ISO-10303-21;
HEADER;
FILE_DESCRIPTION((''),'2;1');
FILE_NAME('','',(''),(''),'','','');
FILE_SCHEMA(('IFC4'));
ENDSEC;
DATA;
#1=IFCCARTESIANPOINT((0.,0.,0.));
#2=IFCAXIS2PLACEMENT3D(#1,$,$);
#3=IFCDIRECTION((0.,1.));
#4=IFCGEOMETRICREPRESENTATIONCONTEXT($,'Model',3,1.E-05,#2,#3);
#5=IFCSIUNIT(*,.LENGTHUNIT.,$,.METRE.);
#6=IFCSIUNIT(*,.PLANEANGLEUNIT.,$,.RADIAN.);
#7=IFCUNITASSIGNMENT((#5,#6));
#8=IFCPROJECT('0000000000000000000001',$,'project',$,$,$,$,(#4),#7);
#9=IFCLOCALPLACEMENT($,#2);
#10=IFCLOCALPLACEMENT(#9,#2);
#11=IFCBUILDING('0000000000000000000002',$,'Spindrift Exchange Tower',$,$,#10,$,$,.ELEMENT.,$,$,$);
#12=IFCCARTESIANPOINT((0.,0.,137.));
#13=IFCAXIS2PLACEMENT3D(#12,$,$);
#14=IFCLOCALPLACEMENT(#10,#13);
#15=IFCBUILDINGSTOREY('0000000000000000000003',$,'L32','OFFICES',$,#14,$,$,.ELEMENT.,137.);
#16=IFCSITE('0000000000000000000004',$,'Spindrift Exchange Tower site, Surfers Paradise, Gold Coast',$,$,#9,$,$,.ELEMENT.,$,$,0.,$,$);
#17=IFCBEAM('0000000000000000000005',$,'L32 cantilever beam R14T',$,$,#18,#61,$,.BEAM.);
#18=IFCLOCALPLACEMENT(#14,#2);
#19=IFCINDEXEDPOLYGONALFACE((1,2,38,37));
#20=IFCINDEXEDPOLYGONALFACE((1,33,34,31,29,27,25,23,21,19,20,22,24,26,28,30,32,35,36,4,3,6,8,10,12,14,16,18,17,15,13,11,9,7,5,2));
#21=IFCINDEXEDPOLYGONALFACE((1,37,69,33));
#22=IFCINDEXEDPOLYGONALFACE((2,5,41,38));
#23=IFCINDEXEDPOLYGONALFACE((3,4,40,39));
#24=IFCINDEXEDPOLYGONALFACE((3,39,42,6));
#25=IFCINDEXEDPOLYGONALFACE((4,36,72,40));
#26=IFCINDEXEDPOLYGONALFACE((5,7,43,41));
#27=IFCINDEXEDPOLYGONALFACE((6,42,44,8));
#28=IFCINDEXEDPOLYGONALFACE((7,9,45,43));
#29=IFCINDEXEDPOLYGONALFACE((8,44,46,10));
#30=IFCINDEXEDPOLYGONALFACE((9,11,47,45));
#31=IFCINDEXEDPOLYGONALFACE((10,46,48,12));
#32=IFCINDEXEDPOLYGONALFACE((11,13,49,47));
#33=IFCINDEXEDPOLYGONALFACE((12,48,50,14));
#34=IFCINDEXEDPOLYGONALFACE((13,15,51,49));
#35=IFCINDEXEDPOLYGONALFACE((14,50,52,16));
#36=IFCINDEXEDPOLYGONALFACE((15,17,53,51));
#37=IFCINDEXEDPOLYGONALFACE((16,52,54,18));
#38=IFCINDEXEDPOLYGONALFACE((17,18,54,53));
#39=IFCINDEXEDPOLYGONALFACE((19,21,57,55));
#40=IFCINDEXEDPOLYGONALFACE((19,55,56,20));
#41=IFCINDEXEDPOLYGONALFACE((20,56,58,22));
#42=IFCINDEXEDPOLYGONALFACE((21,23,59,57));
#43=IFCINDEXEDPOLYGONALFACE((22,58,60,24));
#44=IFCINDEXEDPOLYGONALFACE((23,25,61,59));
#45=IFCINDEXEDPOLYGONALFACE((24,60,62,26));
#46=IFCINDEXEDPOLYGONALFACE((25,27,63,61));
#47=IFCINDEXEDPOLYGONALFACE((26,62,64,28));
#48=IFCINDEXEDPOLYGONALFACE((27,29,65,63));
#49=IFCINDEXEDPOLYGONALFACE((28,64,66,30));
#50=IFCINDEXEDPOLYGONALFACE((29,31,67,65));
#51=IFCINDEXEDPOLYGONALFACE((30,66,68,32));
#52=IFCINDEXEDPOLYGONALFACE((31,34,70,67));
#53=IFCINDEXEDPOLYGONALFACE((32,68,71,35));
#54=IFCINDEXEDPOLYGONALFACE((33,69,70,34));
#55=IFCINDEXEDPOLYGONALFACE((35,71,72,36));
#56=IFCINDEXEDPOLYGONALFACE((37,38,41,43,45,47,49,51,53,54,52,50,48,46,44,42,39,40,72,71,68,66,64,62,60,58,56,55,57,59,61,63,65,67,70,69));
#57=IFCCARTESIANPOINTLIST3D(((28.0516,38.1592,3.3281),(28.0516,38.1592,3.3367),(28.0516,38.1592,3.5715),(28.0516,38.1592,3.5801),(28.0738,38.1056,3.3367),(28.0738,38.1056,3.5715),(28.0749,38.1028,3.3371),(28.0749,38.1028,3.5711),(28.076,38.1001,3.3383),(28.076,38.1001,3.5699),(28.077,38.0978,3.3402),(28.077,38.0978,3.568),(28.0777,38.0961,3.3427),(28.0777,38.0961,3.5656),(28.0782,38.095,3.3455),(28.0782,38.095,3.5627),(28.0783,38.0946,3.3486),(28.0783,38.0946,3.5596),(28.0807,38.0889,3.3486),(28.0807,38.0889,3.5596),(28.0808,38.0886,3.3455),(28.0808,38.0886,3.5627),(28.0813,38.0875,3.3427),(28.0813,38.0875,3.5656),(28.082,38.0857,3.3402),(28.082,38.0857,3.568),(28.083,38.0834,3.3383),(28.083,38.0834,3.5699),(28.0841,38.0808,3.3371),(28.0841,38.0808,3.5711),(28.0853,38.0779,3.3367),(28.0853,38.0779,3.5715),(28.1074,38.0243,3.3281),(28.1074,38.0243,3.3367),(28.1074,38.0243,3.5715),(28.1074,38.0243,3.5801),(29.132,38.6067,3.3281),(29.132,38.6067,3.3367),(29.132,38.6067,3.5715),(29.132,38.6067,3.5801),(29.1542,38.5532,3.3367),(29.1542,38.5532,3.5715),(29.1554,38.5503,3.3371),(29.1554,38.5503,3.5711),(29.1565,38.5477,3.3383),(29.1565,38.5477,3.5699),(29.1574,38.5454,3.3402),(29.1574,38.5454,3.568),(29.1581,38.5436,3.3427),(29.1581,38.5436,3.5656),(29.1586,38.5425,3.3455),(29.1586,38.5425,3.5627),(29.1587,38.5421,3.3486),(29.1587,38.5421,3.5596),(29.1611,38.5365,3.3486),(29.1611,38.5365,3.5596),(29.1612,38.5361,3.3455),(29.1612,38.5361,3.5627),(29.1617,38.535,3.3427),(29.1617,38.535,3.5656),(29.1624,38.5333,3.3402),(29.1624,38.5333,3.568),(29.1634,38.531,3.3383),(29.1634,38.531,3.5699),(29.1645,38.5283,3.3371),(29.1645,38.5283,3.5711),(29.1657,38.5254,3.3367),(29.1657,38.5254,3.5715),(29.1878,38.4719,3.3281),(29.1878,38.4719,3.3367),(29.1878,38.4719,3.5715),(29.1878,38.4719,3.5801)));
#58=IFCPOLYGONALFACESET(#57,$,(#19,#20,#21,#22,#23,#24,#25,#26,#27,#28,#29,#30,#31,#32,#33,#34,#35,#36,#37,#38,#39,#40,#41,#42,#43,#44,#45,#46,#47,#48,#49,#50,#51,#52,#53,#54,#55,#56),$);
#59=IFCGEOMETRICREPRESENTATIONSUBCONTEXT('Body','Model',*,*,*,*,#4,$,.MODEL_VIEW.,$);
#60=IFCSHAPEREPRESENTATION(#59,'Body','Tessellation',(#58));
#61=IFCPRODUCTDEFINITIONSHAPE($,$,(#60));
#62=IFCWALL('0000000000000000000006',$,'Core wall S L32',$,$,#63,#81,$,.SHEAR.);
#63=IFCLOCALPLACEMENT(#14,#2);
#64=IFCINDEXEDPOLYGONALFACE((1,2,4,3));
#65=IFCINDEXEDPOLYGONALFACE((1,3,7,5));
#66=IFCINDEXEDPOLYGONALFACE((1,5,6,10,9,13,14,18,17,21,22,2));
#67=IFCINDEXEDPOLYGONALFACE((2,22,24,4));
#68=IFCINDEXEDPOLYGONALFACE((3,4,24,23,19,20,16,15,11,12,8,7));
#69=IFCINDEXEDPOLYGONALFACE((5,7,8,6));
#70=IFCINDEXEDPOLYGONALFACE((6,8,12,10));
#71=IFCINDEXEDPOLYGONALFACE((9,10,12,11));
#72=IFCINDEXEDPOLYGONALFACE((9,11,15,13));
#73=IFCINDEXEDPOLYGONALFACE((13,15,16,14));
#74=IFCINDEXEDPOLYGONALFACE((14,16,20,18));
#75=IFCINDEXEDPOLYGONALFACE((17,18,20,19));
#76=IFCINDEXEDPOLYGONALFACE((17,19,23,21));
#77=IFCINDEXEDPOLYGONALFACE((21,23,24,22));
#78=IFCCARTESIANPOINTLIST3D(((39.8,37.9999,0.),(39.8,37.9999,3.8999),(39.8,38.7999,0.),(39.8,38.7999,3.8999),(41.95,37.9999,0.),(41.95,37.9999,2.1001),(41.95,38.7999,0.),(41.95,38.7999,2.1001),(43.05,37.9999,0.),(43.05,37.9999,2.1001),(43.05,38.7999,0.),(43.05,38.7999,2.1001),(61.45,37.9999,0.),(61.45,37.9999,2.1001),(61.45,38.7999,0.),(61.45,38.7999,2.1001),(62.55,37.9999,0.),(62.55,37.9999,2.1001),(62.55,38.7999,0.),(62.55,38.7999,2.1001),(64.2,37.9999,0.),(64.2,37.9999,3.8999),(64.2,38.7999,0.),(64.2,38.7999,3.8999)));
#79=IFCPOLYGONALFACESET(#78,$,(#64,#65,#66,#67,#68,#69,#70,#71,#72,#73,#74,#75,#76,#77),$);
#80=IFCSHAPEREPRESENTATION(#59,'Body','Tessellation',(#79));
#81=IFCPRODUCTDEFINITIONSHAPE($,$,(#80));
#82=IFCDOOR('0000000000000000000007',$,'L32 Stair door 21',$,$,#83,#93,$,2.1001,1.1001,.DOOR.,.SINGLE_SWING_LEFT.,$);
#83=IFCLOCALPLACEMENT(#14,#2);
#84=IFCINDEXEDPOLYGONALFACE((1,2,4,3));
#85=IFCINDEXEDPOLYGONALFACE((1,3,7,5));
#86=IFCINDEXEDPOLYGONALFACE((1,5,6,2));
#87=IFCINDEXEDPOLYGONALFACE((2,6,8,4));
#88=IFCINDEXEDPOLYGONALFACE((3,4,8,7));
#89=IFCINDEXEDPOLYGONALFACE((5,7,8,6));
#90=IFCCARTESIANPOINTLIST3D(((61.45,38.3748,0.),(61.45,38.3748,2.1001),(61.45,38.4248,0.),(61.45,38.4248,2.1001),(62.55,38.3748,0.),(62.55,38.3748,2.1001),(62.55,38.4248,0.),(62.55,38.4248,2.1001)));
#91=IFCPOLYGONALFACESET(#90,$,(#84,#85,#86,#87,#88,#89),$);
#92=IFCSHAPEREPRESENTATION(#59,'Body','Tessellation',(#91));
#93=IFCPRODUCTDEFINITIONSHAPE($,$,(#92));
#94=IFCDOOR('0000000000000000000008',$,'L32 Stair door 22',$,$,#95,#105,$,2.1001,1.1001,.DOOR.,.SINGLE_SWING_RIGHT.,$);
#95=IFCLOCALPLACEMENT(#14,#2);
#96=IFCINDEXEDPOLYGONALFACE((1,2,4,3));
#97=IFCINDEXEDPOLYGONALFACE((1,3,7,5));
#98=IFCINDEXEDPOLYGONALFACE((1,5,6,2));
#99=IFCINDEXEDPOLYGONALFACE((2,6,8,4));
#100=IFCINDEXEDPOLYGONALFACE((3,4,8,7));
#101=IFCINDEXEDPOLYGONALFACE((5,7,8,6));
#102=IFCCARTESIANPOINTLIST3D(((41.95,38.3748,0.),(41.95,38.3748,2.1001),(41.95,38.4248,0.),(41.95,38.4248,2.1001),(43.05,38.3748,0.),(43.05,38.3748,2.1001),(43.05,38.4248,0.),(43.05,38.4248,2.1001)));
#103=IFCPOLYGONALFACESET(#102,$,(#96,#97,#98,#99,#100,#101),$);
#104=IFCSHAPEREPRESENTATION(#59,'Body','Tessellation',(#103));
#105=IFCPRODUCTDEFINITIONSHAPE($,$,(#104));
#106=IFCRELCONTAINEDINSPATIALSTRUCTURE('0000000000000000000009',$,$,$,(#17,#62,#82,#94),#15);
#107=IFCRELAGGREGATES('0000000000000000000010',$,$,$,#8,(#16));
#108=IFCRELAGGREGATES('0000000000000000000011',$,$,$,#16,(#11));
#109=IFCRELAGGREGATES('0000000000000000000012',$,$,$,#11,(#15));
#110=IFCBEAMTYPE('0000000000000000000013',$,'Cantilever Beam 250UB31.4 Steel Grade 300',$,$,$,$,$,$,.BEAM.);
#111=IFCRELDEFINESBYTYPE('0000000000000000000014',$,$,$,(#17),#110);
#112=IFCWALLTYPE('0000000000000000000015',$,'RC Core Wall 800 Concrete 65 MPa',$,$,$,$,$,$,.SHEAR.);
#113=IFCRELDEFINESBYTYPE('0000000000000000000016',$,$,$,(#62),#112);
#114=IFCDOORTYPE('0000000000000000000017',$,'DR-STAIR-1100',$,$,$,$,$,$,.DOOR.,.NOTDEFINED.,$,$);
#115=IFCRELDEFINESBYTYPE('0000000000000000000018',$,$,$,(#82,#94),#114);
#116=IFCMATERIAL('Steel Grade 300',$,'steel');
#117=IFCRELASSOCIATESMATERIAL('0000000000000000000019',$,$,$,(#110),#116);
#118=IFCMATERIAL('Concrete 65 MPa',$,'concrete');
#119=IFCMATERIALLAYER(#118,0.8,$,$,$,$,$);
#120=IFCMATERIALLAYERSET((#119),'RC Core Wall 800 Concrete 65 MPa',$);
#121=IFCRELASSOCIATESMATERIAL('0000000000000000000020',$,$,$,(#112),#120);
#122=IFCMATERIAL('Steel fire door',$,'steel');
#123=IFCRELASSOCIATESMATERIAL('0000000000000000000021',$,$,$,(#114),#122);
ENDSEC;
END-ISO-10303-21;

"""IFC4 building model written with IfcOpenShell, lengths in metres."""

from ifc_helpers import new_model, si_unit, direction, frame, frame_2d, origin, origin_2d, place, context, subcontext, project, spatial, rectangle, i_section, extrude, source, transform, mapped, material, layer, layer_set, material_profile, profile_set, type_object, element, fill, save


model = new_model("IFC4")

# Units and contexts
model_context = context("Model", 3, precision=1e-05, world=origin(), true_north=direction((0.0, 1.0)))
body_context = subcontext(model_context, "Body", "Model", "MODEL_VIEW")
ifc_project = project(units=[si_unit("LENGTHUNIT", "METRE"), si_unit("PLANEANGLEUNIT", "RADIAN")], contexts=[model_context])

# Site, building, storey
site_placement = place(None, origin())
site = spatial("IfcSite", under=ifc_project, at=site_placement, Name="Spindrift Exchange Tower site, Surfers Paradise, Gold Coast", CompositionType="ELEMENT", RefElevation=0.0)
building_placement = place(site_placement, origin())
building = spatial("IfcBuilding", under=site, at=building_placement, Name="Spindrift Exchange Tower", CompositionType="ELEMENT")
storey_placement = place(building_placement, frame((0.0, 0.0, 137.0)))
storey = spatial("IfcBuildingStorey", under=building, at=storey_placement, Name="L32", Description="OFFICES", CompositionType="ELEMENT", Elevation=137.0)

# Beam
ifc_material_1 = material(Name="Steel Grade 300", Category="steel")
ifc_material_profile_1 = material_profile(ifc_material_1, i_section(OverallWidth=0.146, OverallDepth=0.252, WebThickness=0.0061, FlangeThickness=0.0085, FilletRadius=0.012, at=origin_2d()), Name="250UB31.4")
ifc_profile_set_1 = profile_set([ifc_material_profile_1], Name="Steel Grade 300")
beam_type_1 = type_object("IfcBeamType", Name="Cantilever Beam 250UB31.4 Steel Grade 300", PredefinedType="BEAM", material=ifc_profile_set_1)
shared_shape_1 = source(origin(), body_context, "Body", "SweptSolid", [
    extrude(i_section(OverallWidth=0.146, OverallDepth=0.252, WebThickness=0.0061, FlangeThickness=0.0085, FilletRadius=0.012, at=origin_2d()), origin(), (0.0, 0.0, 1.0), 1.1694),
])
beam_1_placement = place(storey_placement, frame((29.1599, 38.5393, 3.4541), z_axis=(-0.923872, -0.382702, 0.0), x_axis=(0.382702, -0.923872, 0.0)))
element("IfcBeam", 1, at=beam_1_placement, inside=storey, type_object=beam_type_1, Name="L32 cantilever beam R14T", PredefinedType="BEAM", context=body_context, shape_type="MappedRepresentation", body=[
    mapped(shared_shape_1, transform((0.0, 0.0, 0.0), scale=1.0)),
])

# Wall, openings, doors
ifc_material_2 = material(Name="Concrete 65 MPa", Category="concrete")
ifc_layer_1 = layer(ifc_material_2, 0.8)
ifc_layer_set_1 = layer_set([ifc_layer_1], Name="RC Core Wall 800 Concrete 65 MPa")
wall_type_1 = type_object("IfcWallType", Name="RC Core Wall 800 Concrete 65 MPa", PredefinedType="SHEAR", material=ifc_layer_set_1)
wall_1_placement = place(storey_placement, frame((39.8, 38.3999, 0.0), z_axis=(0.0, 0.0, 1.0), x_axis=(1.0, 0.0, 0.0)))
wall_1 = element("IfcWall", 2, at=wall_1_placement, inside=storey, type_object=wall_type_1, Name="Core wall S L32", PredefinedType="SHEAR", context=body_context, shape_type="SweptSolid", body=[
    extrude(rectangle(XDim=24.3999, YDim=0.8, at=frame_2d((12.2, 0.0))), origin(), (0.0, 0.0, 1.0), 3.8999),
])
opening_1_placement = place(wall_1_placement, frame((21.6499, 0.0, 0.0)))
opening_1 = element("IfcOpeningElement", 3, at=opening_1_placement, cuts=wall_1, PredefinedType="OPENING", context=body_context, shape_type="SweptSolid", body=[
    extrude(rectangle(XDim=1.1001, YDim=2.1001, at=frame_2d((0.55, 1.05))), frame((0.0, 0.4099, 0.0), z_axis=(0.0, -1.0, 0.0), x_axis=(1.0, 0.0, 0.0)), (0.0, 0.0, 1.0), 0.8201),
])
opening_2_placement = place(wall_1_placement, frame((2.1499, 0.0, 0.0)))
opening_2 = element("IfcOpeningElement", 4, at=opening_2_placement, cuts=wall_1, PredefinedType="OPENING", context=body_context, shape_type="SweptSolid", body=[
    extrude(rectangle(XDim=1.1001, YDim=2.1001, at=frame_2d((0.55, 1.05))), frame((0.0, 0.4099, 0.0), z_axis=(0.0, -1.0, 0.0), x_axis=(1.0, 0.0, 0.0)), (0.0, 0.0, 1.0), 0.8201),
])
ifc_material_3 = material(Name="Steel fire door", Category="steel")
door_type_1 = type_object("IfcDoorType", Name="DR-STAIR-1100", OperationType="NOTDEFINED", PredefinedType="DOOR", material=ifc_material_3)
shared_shape_2 = source(origin(), body_context, "Body", "SweptSolid", [
    extrude(rectangle(XDim=1.1001, YDim=2.1001, at=frame_2d((0.55, 1.05))), frame((0.0, 0.0249, 0.0), z_axis=(0.0, -1.0, 0.0), x_axis=(1.0, 0.0, 0.0)), (0.0, 0.0, 1.0), 0.05),
])
door_1_placement = place(opening_1_placement, origin())
door_1 = element("IfcDoor", 5, at=door_1_placement, inside=storey, type_object=door_type_1, Name="L32 Stair door 21", OperationType="SINGLE_SWING_LEFT", OverallHeight=2.1001, OverallWidth=1.1001, PredefinedType="DOOR", context=body_context, shape_type="MappedRepresentation", body=[
    mapped(shared_shape_2, transform((0.0, 0.0, 0.0), scale=1.0)),
])
fill(opening_1, door_1)
door_2_placement = place(opening_2_placement, origin())
door_2 = element("IfcDoor", 6, at=door_2_placement, inside=storey, type_object=door_type_1, Name="L32 Stair door 22", OperationType="SINGLE_SWING_RIGHT", OverallHeight=2.1001, OverallWidth=1.1001, PredefinedType="DOOR", context=body_context, shape_type="MappedRepresentation", body=[
    mapped(shared_shape_2, transform((0.0, 0.0, 0.0), scale=1.0)),
])
fill(opening_2, door_2)

save(model, "model.ifc")
